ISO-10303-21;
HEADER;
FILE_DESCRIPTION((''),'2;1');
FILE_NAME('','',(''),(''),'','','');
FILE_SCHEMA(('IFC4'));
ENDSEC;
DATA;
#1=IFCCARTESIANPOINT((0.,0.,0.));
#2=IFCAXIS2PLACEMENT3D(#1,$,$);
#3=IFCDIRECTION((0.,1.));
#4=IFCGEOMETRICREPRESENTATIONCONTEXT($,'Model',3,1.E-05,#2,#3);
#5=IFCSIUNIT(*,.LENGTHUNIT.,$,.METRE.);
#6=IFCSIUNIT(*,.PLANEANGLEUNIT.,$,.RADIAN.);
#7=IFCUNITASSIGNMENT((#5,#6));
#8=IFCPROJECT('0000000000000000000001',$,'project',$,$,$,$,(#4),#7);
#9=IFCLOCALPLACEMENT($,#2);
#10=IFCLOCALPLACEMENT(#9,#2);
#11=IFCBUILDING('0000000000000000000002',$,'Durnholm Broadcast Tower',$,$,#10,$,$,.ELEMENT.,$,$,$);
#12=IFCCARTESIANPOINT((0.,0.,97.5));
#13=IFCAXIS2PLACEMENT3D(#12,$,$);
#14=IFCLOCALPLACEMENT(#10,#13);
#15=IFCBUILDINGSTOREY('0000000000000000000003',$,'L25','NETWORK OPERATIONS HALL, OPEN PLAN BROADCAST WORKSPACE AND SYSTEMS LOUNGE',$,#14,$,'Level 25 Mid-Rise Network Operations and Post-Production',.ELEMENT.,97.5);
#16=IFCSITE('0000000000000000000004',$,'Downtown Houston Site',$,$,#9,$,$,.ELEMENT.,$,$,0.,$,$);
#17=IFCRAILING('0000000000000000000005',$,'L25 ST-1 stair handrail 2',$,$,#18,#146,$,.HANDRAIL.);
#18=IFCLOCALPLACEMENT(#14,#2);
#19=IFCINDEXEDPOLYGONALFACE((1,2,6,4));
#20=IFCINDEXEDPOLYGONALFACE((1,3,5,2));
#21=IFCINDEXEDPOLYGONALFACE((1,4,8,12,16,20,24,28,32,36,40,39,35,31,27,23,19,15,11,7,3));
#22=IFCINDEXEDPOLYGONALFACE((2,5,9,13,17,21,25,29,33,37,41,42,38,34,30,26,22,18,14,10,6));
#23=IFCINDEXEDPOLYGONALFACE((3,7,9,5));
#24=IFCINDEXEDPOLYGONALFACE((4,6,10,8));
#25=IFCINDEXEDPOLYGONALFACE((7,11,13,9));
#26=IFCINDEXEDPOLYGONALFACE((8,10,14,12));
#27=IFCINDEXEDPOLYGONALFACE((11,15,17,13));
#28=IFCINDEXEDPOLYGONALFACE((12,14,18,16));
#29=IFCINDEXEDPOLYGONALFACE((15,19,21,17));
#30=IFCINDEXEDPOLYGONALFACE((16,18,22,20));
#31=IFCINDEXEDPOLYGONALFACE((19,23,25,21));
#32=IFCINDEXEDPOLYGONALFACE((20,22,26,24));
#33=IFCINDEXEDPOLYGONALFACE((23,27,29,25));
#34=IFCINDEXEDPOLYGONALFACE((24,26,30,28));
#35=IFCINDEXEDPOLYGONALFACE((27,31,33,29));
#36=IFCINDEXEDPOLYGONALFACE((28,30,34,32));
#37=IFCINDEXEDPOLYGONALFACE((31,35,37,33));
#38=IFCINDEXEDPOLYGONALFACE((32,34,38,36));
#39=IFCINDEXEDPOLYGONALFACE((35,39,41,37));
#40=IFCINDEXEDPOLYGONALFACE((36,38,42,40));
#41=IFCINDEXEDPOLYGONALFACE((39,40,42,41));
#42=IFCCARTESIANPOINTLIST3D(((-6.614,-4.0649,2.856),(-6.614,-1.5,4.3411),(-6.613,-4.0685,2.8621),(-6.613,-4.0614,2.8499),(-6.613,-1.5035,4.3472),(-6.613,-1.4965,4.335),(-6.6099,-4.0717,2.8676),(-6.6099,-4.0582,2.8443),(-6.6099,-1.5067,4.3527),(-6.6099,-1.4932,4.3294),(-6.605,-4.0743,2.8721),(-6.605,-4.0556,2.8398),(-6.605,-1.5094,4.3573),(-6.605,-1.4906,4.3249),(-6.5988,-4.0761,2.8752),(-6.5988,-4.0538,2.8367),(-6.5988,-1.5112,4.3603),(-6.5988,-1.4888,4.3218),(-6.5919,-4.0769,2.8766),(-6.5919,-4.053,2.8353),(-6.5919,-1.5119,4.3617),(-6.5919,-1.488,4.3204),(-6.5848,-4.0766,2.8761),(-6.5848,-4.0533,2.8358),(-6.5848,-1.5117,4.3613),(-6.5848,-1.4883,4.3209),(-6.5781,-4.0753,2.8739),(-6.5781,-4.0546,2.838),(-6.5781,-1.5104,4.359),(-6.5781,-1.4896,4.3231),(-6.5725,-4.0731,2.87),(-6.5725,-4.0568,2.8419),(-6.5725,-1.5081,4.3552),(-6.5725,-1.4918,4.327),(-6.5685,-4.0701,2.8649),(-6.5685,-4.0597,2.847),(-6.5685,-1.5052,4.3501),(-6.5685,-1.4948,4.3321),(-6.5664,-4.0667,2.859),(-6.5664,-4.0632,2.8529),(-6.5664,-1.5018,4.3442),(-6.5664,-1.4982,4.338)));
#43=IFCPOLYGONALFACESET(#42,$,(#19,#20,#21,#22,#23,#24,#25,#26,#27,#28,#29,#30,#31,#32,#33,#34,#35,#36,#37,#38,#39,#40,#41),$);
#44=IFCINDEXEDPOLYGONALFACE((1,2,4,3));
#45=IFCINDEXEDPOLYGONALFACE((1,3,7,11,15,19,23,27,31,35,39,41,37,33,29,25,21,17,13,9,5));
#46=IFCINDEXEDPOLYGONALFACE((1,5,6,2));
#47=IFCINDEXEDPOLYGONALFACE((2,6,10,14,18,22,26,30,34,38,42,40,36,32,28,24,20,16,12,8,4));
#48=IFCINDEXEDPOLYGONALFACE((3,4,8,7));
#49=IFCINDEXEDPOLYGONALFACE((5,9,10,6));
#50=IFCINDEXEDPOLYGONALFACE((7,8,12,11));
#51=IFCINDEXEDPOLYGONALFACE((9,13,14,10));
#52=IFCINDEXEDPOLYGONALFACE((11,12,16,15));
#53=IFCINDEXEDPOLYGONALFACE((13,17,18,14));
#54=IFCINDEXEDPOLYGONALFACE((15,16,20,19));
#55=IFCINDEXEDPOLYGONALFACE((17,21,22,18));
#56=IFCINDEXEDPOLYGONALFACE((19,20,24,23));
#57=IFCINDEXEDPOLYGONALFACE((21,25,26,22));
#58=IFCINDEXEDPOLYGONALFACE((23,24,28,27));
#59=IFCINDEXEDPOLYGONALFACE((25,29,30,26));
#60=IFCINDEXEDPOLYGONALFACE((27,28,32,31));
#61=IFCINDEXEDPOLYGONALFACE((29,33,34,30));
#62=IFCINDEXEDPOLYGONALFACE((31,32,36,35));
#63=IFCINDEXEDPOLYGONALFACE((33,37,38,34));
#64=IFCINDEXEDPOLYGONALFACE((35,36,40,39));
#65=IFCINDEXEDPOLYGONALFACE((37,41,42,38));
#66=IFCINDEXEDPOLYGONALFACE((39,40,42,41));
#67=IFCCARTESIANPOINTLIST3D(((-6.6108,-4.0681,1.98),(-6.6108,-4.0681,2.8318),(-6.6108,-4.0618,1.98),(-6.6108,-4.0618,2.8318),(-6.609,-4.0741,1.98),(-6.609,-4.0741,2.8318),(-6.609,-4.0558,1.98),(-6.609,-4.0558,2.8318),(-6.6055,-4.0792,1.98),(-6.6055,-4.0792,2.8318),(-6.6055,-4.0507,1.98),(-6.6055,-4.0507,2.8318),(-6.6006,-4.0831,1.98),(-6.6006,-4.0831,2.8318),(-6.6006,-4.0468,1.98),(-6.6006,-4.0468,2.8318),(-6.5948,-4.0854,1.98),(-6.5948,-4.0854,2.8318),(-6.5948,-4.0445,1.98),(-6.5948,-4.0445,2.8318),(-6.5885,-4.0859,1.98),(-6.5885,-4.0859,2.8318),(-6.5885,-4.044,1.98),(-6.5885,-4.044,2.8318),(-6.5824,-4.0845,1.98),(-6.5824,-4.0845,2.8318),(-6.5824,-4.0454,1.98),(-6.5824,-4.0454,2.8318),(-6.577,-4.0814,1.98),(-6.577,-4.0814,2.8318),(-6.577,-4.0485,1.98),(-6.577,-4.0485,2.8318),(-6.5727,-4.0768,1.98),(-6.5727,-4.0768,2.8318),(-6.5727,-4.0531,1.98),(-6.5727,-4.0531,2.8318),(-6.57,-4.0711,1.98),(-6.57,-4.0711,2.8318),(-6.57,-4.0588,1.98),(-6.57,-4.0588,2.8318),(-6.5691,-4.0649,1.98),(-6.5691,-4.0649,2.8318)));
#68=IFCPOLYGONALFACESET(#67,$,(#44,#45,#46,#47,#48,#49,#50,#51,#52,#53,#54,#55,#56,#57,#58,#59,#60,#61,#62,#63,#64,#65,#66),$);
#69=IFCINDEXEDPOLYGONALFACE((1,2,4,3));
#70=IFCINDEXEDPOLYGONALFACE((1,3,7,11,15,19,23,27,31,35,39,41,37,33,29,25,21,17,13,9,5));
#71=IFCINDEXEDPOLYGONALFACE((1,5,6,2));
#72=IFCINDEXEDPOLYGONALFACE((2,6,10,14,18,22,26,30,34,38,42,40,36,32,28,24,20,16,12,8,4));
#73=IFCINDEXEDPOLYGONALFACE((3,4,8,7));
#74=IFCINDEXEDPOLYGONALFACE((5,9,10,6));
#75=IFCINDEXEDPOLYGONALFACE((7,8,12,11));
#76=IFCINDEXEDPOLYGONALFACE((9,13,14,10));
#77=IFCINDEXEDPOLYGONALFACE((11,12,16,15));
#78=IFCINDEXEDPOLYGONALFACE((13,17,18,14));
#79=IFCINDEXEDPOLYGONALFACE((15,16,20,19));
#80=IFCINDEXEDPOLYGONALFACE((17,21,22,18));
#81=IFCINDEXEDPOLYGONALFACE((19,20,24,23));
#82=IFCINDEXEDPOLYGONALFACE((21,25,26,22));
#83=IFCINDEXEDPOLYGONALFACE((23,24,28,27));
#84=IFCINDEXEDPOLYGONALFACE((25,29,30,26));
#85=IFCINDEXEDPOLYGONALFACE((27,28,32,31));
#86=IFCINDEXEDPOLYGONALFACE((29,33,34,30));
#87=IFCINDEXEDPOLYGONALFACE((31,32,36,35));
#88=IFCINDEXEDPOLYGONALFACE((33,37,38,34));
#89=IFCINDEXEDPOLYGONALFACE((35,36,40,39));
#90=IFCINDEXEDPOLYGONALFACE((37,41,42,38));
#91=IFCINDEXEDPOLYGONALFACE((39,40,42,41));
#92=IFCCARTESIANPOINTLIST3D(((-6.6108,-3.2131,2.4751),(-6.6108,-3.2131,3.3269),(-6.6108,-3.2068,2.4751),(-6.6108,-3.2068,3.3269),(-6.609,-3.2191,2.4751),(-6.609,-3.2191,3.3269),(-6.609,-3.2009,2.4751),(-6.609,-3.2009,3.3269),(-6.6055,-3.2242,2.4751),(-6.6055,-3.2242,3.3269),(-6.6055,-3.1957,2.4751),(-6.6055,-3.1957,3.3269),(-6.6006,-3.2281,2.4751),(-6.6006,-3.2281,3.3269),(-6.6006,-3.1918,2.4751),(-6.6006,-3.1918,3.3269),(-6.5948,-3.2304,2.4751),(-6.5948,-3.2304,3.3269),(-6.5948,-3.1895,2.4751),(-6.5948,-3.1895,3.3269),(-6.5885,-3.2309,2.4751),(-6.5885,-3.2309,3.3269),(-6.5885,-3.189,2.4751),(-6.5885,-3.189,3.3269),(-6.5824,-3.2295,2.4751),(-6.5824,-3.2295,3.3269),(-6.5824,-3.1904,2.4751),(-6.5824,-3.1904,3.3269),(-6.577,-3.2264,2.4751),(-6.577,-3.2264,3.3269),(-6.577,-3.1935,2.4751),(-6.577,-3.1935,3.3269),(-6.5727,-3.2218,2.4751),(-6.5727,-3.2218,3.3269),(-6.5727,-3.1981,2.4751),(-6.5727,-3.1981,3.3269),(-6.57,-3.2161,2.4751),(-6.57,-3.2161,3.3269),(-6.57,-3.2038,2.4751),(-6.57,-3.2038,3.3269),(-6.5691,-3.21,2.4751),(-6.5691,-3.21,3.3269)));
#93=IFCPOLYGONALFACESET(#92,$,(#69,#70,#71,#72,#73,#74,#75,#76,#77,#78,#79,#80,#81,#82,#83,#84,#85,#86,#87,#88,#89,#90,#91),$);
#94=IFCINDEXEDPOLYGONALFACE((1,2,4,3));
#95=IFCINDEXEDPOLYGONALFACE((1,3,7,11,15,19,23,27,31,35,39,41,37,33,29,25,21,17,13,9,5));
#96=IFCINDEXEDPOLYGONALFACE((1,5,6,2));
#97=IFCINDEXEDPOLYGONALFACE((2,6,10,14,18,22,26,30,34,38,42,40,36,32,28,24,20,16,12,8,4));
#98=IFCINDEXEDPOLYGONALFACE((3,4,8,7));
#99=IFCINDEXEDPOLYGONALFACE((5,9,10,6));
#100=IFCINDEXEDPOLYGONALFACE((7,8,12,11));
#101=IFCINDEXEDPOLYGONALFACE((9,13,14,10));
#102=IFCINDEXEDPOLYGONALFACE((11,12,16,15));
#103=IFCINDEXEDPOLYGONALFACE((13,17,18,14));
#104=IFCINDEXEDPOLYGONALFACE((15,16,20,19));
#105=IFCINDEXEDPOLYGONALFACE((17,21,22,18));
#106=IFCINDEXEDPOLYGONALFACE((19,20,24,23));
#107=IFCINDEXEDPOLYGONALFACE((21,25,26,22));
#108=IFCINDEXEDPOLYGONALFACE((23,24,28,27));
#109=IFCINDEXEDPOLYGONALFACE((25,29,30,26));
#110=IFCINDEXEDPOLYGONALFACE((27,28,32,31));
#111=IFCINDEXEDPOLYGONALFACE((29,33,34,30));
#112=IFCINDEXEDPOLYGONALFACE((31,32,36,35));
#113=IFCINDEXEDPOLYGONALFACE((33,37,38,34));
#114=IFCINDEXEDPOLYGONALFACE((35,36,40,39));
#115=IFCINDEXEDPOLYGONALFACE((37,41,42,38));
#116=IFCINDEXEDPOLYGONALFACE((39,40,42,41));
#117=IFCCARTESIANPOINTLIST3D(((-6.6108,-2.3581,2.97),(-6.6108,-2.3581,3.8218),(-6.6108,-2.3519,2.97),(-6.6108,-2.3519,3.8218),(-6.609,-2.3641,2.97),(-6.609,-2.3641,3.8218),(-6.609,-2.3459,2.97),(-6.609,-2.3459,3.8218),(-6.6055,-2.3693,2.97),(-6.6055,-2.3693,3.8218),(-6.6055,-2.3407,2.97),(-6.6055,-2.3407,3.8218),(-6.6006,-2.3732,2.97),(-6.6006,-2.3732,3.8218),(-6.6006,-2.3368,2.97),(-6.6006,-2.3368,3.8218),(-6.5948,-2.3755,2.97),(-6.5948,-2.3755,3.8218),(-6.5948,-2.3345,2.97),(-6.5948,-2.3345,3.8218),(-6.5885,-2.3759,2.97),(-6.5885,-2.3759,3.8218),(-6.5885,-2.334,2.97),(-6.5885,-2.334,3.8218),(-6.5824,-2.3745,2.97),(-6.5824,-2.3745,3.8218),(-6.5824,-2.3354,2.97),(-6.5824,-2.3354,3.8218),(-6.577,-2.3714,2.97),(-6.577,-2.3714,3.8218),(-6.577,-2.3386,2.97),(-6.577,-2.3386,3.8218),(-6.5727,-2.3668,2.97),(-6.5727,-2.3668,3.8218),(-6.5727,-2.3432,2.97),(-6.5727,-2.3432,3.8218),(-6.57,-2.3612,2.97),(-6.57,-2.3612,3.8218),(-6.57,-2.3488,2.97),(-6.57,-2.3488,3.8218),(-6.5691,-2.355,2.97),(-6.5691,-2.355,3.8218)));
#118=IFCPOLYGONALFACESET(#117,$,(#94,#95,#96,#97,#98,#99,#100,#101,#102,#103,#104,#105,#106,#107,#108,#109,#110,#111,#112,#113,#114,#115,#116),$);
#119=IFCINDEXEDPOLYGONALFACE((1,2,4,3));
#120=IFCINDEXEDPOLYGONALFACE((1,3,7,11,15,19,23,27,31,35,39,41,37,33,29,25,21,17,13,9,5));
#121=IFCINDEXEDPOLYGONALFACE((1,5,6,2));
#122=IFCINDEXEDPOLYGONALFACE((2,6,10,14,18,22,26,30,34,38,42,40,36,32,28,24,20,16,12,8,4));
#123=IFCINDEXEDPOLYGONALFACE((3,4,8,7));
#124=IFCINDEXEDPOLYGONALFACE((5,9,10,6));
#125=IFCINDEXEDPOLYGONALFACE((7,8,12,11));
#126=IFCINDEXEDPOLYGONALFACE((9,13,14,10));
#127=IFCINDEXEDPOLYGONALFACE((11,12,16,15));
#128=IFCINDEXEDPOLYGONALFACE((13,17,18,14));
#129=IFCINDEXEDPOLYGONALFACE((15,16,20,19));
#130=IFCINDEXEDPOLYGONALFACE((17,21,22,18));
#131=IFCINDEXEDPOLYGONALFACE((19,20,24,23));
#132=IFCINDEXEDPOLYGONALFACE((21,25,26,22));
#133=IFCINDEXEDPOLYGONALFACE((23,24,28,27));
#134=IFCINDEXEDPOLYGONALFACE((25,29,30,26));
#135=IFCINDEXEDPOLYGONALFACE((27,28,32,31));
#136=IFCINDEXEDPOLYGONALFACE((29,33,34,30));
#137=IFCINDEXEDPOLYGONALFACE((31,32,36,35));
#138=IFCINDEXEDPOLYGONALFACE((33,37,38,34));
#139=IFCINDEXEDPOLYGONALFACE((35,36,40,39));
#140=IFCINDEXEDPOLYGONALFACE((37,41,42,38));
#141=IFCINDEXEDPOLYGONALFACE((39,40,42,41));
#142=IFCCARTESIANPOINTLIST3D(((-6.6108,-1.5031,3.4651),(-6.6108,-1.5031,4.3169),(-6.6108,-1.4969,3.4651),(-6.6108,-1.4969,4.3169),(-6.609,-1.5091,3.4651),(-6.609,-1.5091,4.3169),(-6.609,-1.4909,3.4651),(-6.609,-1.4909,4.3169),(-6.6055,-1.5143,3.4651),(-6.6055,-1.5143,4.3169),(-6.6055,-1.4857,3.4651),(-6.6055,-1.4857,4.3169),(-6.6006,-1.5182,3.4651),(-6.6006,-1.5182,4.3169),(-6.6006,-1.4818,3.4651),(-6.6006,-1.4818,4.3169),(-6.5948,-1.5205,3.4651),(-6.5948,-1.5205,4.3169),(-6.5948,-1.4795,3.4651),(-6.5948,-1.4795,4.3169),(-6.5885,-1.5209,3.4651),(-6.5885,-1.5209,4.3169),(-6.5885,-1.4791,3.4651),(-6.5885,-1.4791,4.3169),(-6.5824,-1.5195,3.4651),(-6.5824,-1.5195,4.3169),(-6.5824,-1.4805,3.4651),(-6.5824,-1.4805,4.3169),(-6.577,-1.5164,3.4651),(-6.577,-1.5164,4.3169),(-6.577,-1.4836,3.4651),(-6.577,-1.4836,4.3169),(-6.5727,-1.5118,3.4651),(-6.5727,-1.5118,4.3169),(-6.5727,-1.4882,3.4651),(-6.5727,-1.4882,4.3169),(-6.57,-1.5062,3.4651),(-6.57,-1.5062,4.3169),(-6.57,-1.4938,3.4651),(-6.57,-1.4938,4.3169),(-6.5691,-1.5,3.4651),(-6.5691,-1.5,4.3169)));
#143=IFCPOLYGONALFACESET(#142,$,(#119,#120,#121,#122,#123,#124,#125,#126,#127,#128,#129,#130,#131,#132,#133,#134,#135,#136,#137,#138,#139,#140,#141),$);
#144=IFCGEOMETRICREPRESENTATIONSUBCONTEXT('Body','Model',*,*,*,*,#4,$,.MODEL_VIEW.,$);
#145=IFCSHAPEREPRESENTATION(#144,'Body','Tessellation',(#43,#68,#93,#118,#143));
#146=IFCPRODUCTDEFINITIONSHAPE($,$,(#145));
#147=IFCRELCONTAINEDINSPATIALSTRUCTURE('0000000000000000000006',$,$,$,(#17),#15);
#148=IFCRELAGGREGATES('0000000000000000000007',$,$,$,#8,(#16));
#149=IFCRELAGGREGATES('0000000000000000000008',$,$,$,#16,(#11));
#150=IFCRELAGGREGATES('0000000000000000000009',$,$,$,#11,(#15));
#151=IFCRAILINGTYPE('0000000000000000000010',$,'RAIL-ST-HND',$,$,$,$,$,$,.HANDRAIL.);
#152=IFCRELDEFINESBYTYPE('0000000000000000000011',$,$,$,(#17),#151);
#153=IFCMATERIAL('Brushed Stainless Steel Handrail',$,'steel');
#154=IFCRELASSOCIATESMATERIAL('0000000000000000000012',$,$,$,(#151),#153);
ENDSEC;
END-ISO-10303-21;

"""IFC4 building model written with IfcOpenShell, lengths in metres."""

from ifc_helpers import new_model, si_unit, direction, frame, origin, origin_2d, place, context, subcontext, project, spatial, circle, extrude, material, type_object, element, save


model = new_model("IFC4")

# Units and contexts
model_context = context("Model", 3, precision=1e-05, world=origin(), true_north=direction((0.0, 1.0)))
body_context = subcontext(model_context, "Body", "Model", "MODEL_VIEW")
ifc_project = project(units=[si_unit("LENGTHUNIT", "METRE"), si_unit("PLANEANGLEUNIT", "RADIAN")], contexts=[model_context])

# Site, building, storey
site_placement = place(None, origin())
site = spatial("IfcSite", under=ifc_project, at=site_placement, Name="Downtown Houston Site", CompositionType="ELEMENT", RefElevation=0.0)
building_placement = place(site_placement, origin())
building = spatial("IfcBuilding", under=site, at=building_placement, Name="Durnholm Broadcast Tower", CompositionType="ELEMENT")
storey_placement = place(building_placement, frame((0.0, 0.0, 97.5)))
storey = spatial("IfcBuildingStorey", under=building, at=storey_placement, Name="L25", Description="NETWORK OPERATIONS HALL, OPEN PLAN BROADCAST WORKSPACE AND SYSTEMS LOUNGE", LongName="Level 25 Mid-Rise Network Operations and Post-Production", CompositionType="ELEMENT", Elevation=97.5)

# Railing
ifc_material_1 = material(Name="Brushed Stainless Steel Handrail", Category="steel")
railing_type_1 = type_object("IfcRailingType", Name="RAIL-ST-HND", PredefinedType="HANDRAIL", material=ifc_material_1)
railing_1_placement = place(storey_placement, frame((-6.5901, -4.0649, 1.98)))
element("IfcRailing", 1, at=railing_1_placement, inside=storey, type_object=railing_type_1, Name="L25 ST-1 stair handrail 2", PredefinedType="HANDRAIL", context=body_context, shape_type="SweptSolid", body=[
    extrude(circle(Radius=0.0239, at=origin_2d()), frame((0.0, 0.0, 0.876), z_axis=(0.0, 0.865406, 0.501072), x_axis=(-1.0, 0.0, 0.0)), (0.0, 0.0, 1.0), 2.9639),
    extrude(circle(Radius=0.021, at=origin_2d()), origin(), (0.0, 0.0, 1.0), 0.8518),
    extrude(circle(Radius=0.021, at=origin_2d()), frame((0.0, 0.855, 0.4951)), (0.0, 0.0, 1.0), 0.8518),
    extrude(circle(Radius=0.021, at=origin_2d()), frame((0.0, 1.71, 0.99)), (0.0, 0.0, 1.0), 0.8518),
    extrude(circle(Radius=0.021, at=origin_2d()), frame((0.0, 2.5649, 1.4851)), (0.0, 0.0, 1.0), 0.8518),
])

save(model, "model.ifc")
